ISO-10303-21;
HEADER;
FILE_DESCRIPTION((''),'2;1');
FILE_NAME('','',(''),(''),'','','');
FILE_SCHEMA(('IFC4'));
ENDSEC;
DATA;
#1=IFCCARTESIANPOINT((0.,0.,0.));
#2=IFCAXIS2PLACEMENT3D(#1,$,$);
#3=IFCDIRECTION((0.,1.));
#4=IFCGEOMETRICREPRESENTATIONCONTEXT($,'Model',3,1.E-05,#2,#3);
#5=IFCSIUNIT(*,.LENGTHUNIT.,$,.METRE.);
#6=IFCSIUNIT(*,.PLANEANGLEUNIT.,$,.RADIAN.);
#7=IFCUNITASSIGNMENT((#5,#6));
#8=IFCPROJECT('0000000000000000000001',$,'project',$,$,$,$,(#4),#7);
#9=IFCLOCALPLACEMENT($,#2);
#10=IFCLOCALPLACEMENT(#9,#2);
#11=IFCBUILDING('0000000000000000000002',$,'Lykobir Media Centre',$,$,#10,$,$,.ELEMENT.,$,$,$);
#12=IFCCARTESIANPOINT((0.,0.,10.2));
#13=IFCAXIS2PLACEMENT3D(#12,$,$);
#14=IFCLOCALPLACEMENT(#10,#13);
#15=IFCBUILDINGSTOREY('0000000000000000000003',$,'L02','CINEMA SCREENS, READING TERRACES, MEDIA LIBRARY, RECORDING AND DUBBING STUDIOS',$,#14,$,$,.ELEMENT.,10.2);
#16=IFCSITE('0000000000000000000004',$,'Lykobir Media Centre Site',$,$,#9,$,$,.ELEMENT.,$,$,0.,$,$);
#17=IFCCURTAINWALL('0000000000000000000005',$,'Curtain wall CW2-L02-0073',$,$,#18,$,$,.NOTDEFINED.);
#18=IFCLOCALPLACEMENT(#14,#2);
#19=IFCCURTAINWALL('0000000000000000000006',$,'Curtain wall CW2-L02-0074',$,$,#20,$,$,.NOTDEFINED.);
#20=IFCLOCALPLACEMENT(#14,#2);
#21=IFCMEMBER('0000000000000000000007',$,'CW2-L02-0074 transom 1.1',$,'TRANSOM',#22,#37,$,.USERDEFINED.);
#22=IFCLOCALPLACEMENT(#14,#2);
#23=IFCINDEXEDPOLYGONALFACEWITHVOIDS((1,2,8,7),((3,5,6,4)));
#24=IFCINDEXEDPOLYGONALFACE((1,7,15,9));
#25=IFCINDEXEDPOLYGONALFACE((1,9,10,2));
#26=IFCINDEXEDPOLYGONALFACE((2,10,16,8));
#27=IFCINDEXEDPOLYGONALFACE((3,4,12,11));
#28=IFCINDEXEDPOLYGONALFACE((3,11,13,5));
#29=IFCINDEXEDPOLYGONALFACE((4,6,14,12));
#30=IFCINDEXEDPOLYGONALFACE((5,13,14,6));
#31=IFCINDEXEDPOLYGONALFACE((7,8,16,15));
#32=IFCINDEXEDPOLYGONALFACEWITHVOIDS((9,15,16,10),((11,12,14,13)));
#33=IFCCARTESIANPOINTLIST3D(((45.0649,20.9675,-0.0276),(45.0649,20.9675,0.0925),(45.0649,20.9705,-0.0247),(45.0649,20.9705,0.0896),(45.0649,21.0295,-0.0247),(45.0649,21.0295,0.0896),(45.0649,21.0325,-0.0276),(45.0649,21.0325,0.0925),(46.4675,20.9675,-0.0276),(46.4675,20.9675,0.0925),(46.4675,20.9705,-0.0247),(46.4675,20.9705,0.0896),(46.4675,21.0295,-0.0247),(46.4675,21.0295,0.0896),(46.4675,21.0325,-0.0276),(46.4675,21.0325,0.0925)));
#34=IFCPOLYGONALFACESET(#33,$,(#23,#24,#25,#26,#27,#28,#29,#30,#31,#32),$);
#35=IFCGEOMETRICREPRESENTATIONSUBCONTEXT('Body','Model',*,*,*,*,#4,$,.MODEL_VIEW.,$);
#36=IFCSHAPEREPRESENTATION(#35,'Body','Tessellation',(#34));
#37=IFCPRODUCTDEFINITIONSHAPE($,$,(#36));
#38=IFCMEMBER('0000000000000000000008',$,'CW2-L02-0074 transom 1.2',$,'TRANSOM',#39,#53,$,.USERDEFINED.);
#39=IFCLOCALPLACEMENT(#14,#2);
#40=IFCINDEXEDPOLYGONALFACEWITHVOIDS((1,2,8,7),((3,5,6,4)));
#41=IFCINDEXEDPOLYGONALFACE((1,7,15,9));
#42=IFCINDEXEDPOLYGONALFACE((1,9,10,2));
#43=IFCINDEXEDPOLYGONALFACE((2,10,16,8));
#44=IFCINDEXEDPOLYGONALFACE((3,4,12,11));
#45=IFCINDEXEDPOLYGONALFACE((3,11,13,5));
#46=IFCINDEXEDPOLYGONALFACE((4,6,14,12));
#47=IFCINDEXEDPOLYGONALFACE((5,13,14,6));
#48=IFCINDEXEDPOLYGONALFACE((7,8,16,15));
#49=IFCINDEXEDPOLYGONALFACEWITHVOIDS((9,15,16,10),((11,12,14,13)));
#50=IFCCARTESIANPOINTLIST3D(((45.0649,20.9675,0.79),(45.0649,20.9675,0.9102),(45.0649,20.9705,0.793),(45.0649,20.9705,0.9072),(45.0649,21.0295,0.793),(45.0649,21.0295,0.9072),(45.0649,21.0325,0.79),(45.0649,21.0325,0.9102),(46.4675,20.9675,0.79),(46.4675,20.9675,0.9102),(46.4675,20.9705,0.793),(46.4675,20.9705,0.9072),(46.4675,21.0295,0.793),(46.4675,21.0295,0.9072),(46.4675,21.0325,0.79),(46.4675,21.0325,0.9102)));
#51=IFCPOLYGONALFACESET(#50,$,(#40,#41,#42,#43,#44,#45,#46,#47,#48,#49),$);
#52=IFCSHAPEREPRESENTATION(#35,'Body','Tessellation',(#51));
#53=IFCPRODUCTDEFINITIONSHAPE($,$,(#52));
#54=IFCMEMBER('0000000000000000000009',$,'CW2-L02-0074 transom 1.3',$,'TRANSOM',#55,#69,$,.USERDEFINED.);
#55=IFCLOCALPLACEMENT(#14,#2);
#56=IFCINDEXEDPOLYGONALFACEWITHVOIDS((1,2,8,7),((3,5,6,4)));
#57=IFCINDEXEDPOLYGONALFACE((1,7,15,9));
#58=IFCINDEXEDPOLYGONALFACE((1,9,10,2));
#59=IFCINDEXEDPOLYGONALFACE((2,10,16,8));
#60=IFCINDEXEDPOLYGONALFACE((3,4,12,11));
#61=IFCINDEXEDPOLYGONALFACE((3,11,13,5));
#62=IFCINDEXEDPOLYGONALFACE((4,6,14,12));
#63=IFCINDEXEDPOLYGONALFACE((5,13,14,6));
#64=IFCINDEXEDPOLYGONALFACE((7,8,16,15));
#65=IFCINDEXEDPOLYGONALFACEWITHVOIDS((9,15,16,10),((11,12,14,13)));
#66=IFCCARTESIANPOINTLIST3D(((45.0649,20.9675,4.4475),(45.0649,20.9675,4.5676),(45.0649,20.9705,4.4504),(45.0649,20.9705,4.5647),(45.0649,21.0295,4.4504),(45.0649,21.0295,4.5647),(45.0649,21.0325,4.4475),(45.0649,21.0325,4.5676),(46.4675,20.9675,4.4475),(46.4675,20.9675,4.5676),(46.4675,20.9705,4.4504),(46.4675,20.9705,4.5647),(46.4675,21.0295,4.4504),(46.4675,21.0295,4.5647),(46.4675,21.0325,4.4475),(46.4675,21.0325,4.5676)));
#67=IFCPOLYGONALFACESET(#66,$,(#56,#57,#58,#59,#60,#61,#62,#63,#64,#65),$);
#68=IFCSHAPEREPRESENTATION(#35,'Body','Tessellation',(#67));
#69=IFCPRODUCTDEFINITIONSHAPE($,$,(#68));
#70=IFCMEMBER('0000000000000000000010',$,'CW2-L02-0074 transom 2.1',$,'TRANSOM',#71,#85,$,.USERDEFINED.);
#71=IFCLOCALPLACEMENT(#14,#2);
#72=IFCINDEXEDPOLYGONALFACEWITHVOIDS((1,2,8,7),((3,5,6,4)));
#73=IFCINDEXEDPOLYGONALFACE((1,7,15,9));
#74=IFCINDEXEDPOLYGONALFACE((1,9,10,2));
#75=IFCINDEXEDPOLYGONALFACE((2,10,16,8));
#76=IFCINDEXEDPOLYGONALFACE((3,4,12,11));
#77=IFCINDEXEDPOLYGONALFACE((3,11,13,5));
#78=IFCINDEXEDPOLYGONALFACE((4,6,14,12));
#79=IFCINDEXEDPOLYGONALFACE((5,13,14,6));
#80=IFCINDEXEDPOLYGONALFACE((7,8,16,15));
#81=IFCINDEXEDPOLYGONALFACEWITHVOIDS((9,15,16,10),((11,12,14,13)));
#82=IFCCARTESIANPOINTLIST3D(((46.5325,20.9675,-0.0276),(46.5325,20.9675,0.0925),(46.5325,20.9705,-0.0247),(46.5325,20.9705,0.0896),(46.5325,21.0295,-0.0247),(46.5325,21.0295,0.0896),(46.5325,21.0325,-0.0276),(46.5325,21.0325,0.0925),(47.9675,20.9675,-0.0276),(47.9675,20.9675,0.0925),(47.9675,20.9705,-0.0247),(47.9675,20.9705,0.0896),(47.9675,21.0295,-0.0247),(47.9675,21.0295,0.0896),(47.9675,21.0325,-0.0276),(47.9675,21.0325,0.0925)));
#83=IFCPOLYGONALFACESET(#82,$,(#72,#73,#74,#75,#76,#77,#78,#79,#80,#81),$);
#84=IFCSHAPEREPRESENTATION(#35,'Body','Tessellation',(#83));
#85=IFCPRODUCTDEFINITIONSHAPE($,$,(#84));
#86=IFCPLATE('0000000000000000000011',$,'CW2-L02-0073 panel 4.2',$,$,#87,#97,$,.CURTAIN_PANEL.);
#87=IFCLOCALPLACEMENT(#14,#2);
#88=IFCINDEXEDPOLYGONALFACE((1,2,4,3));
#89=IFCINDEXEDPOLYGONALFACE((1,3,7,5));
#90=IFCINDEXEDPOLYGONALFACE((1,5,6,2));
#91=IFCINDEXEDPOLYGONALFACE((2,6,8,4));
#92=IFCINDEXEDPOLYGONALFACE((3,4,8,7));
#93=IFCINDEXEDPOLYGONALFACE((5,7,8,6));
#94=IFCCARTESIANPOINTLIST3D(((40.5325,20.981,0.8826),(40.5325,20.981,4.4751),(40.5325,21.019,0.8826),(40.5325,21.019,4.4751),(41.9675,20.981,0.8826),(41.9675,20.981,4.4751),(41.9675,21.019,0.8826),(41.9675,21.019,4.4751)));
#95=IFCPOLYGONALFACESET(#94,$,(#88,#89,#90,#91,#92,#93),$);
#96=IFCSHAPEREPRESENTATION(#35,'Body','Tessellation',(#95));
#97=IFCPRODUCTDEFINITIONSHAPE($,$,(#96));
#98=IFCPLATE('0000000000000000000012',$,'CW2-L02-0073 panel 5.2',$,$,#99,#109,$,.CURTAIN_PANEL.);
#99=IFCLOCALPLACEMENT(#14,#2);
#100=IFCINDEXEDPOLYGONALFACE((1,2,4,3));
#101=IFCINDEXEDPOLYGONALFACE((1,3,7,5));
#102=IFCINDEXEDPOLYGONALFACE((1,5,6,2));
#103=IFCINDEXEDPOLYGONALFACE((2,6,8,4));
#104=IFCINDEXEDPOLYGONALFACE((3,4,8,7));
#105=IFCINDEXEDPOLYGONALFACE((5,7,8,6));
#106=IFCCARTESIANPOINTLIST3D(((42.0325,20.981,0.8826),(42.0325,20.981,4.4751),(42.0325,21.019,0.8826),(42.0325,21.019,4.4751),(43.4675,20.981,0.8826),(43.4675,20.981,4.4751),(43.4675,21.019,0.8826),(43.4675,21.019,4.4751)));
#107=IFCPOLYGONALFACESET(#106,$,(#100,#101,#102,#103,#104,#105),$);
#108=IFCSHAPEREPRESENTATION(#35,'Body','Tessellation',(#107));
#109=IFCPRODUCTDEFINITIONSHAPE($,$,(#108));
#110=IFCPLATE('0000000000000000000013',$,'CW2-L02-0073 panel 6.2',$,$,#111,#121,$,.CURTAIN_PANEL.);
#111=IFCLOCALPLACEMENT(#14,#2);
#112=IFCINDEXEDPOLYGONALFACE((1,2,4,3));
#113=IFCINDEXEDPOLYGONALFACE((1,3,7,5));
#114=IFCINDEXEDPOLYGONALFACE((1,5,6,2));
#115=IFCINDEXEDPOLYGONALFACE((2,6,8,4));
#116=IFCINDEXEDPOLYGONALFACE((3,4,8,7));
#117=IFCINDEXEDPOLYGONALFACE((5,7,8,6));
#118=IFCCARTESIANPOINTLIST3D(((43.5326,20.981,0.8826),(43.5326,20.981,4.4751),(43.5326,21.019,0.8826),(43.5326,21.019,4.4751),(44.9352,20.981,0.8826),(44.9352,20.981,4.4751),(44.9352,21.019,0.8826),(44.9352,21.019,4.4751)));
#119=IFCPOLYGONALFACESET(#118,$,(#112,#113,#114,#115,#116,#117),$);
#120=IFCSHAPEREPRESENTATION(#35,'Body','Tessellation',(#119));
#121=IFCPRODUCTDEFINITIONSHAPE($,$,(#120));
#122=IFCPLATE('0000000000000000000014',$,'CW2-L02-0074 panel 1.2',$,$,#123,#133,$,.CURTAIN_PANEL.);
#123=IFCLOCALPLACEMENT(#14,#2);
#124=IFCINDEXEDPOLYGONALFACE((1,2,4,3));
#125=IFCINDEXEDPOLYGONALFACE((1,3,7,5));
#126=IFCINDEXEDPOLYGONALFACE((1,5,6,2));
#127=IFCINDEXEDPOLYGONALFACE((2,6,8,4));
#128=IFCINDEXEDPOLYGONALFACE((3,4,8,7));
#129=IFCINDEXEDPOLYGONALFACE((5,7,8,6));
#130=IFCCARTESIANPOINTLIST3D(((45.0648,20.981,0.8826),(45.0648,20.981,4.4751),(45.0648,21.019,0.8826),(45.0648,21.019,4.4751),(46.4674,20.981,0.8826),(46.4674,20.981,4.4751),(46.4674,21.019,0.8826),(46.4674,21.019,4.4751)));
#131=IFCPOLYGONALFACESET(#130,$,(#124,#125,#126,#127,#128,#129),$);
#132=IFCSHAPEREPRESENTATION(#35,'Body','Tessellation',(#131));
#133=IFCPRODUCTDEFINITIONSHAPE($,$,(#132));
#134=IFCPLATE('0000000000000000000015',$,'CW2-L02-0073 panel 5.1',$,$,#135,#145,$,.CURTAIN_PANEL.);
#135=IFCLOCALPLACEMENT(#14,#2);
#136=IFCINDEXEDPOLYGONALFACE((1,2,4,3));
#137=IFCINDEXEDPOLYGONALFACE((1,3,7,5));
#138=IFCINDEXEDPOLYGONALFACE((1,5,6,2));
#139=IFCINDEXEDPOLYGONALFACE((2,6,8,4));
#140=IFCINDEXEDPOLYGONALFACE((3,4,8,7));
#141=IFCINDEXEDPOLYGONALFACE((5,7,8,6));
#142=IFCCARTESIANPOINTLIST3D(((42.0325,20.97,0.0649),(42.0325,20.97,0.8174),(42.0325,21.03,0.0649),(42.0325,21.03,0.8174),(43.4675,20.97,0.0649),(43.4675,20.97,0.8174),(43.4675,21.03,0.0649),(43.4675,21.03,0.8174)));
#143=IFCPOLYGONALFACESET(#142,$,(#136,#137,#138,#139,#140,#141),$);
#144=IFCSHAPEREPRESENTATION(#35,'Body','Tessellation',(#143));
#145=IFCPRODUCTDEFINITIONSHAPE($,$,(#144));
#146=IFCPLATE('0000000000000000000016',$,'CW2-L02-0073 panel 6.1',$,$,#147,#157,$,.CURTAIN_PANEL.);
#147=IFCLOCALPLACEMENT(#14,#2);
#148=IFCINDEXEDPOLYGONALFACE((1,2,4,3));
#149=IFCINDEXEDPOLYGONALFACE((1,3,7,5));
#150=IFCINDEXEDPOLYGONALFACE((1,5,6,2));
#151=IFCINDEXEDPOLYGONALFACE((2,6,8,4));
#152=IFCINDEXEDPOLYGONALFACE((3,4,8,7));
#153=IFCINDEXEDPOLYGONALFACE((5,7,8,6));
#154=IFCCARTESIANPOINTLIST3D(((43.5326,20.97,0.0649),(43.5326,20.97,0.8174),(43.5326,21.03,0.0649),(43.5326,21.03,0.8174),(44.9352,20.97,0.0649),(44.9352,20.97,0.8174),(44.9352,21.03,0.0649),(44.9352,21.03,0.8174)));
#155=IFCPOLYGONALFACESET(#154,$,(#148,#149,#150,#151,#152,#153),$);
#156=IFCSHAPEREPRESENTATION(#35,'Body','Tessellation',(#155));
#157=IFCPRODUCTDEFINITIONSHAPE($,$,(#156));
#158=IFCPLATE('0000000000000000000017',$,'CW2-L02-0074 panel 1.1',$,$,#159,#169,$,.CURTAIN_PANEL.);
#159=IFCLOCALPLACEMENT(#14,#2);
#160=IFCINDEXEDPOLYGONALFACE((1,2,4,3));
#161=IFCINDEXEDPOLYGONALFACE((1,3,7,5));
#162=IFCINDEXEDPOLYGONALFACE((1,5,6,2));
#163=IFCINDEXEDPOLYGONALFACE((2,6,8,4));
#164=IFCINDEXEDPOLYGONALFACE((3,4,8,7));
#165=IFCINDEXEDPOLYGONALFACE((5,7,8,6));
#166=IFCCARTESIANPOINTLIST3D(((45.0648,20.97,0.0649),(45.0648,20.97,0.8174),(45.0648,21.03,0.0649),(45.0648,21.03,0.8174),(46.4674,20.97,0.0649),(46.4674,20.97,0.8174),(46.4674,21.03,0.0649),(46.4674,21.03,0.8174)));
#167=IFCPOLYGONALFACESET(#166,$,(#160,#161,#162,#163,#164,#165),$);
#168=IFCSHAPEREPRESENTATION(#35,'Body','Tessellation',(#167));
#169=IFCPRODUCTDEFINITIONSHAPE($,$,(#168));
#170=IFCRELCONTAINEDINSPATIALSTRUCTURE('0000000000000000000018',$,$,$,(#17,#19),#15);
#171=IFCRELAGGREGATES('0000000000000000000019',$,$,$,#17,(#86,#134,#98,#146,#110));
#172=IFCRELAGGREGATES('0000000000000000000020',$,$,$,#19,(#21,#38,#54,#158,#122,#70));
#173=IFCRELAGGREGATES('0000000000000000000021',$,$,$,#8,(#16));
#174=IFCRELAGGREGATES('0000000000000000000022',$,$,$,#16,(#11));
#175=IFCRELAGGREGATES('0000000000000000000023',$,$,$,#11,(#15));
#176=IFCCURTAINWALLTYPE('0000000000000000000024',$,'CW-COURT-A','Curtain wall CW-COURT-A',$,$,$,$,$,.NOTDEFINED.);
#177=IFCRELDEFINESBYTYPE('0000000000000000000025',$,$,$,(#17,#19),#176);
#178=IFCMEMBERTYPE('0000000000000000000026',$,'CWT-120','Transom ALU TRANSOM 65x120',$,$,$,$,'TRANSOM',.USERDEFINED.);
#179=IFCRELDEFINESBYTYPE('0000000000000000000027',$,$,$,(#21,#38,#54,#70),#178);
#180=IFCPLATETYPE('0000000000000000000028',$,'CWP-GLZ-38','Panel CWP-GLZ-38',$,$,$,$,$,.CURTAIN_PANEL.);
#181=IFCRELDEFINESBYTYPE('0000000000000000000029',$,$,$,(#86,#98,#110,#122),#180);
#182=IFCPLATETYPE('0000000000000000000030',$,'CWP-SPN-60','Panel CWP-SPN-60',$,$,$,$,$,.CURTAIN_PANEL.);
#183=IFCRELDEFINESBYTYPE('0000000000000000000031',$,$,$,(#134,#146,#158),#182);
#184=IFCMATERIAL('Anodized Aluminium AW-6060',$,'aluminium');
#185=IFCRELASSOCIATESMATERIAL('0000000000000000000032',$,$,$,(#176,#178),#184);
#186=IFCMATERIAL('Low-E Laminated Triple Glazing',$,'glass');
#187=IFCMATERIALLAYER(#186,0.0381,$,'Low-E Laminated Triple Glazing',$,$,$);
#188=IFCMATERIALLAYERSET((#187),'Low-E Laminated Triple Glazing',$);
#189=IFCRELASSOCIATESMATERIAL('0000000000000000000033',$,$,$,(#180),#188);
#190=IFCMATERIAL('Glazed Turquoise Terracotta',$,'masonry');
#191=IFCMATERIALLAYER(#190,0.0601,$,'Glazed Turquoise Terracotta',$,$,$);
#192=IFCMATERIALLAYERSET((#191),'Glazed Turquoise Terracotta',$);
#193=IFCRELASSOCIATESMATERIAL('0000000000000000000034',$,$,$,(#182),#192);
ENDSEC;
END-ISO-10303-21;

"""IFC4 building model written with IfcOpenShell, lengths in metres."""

from ifc_helpers import new_model, si_unit, direction, frame, origin, origin_2d, place, context, subcontext, project, spatial, rectangle, hollow_rectangle, extrude, material, layer, layer_set, material_profile, profile_set, type_object, element, aggregate, save


model = new_model("IFC4")

# Units and contexts
model_context = context("Model", 3, precision=1e-05, world=origin(), true_north=direction((0.0, 1.0)))
body_context = subcontext(model_context, "Body", "Model", "MODEL_VIEW")
ifc_project = project(units=[si_unit("LENGTHUNIT", "METRE"), si_unit("PLANEANGLEUNIT", "RADIAN")], contexts=[model_context])

# Site, building, storey
site_placement = place(None, origin())
site = spatial("IfcSite", under=ifc_project, at=site_placement, Name="Lykobir Media Centre Site", CompositionType="ELEMENT", RefElevation=0.0)
building_placement = place(site_placement, origin())
building = spatial("IfcBuilding", under=site, at=building_placement, Name="Lykobir Media Centre", CompositionType="ELEMENT")
storey_placement = place(building_placement, frame((0.0, 0.0, 10.2)))
storey = spatial("IfcBuildingStorey", under=building, at=storey_placement, Name="L02", Description="CINEMA SCREENS, READING TERRACES, MEDIA LIBRARY, RECORDING AND DUBBING STUDIOS", CompositionType="ELEMENT", Elevation=10.2)

# Curtain walls
ifc_material_1 = material(Name="Anodized Aluminium AW-6060", Category="aluminium")
curtain_wall_type = type_object("IfcCurtainWallType", Name="CW-COURT-A", Description="Curtain wall CW-COURT-A", PredefinedType="NOTDEFINED", material=ifc_material_1)
curtain_wall_1_placement = place(storey_placement, origin())
curtain_wall_1 = element("IfcCurtainWall", 1, at=curtain_wall_1_placement, inside=storey, type_object=curtain_wall_type, Name="Curtain wall CW2-L02-0073", PredefinedType="NOTDEFINED")
curtain_wall_2_placement = place(storey_placement, origin())
curtain_wall_2 = element("IfcCurtainWall", 2, at=curtain_wall_2_placement, inside=storey, type_object=curtain_wall_type, Name="Curtain wall CW2-L02-0074", PredefinedType="NOTDEFINED")

# Members
ifc_material_profile_1 = material_profile(ifc_material_1, hollow_rectangle(XDim=0.0649, YDim=0.1201, WallThickness=0.0029, at=origin_2d()), Name="ALU TRANSOM 65x120")
ifc_profile_set_1 = profile_set([ifc_material_profile_1], Name="Anodized Aluminium AW-6060")
member_type_1 = type_object("IfcMemberType", Name="CWT-120", Description="Transom ALU TRANSOM 65x120", ElementType="TRANSOM", PredefinedType="USERDEFINED", material=ifc_profile_set_1)
member_1_placement = place(storey_placement, frame((45.0649, 21.0, 0.0325), z_axis=(1.0, 0.0, 0.0), x_axis=(0.0, 1.0, 0.0)))
member_1 = element("IfcMember", 3, at=member_1_placement, type_object=member_type_1, Name="CW2-L02-0074 transom 1.1", ObjectType="TRANSOM", PredefinedType="USERDEFINED", context=body_context, shape_type="SweptSolid", body=[
    extrude(hollow_rectangle(XDim=0.0649, YDim=0.1201, WallThickness=0.0029, at=origin_2d()), origin(), (0.0, 0.0, 1.0), 1.4026),
])
member_2_placement = place(storey_placement, frame((45.0649, 21.0, 0.8501), z_axis=(1.0, 0.0, 0.0), x_axis=(0.0, 1.0, 0.0)))
member_2 = element("IfcMember", 4, at=member_2_placement, type_object=member_type_1, Name="CW2-L02-0074 transom 1.2", ObjectType="TRANSOM", PredefinedType="USERDEFINED", context=body_context, shape_type="SweptSolid", body=[
    extrude(hollow_rectangle(XDim=0.0649, YDim=0.1201, WallThickness=0.0029, at=origin_2d()), origin(), (0.0, 0.0, 1.0), 1.4026),
])
member_3_placement = place(storey_placement, frame((45.0649, 21.0, 4.5076), z_axis=(1.0, 0.0, 0.0), x_axis=(0.0, 1.0, 0.0)))
member_3 = element("IfcMember", 5, at=member_3_placement, type_object=member_type_1, Name="CW2-L02-0074 transom 1.3", ObjectType="TRANSOM", PredefinedType="USERDEFINED", context=body_context, shape_type="SweptSolid", body=[
    extrude(hollow_rectangle(XDim=0.0649, YDim=0.1201, WallThickness=0.0029, at=origin_2d()), origin(), (0.0, 0.0, 1.0), 1.4026),
])
member_4_placement = place(storey_placement, frame((46.5325, 21.0, 0.0325), z_axis=(1.0, 0.0, 0.0), x_axis=(0.0, 1.0, 0.0)))
member_4 = element("IfcMember", 6, at=member_4_placement, type_object=member_type_1, Name="CW2-L02-0074 transom 2.1", ObjectType="TRANSOM", PredefinedType="USERDEFINED", context=body_context, shape_type="SweptSolid", body=[
    extrude(hollow_rectangle(XDim=0.0649, YDim=0.1201, WallThickness=0.0029, at=origin_2d()), origin(), (0.0, 0.0, 1.0), 1.4351),
])

# Plates
ifc_material_2 = material(Name="Low-E Laminated Triple Glazing", Category="glass")
ifc_layer_1 = layer(ifc_material_2, 0.0381, Name="Low-E Laminated Triple Glazing")
ifc_layer_set_1 = layer_set([ifc_layer_1], Name="Low-E Laminated Triple Glazing")
plate_type_1 = type_object("IfcPlateType", Name="CWP-GLZ-38", Description="Panel CWP-GLZ-38", PredefinedType="CURTAIN_PANEL", material=ifc_layer_set_1)
plate_1_placement = place(storey_placement, frame((41.25, 21.0, 0.8826), z_axis=(0.0, 0.0, 1.0), x_axis=(1.0, 0.0, 0.0)))
plate_1 = element("IfcPlate", 7, at=plate_1_placement, type_object=plate_type_1, Name="CW2-L02-0073 panel 4.2", PredefinedType="CURTAIN_PANEL", context=body_context, shape_type="SweptSolid", body=[
    extrude(rectangle(XDim=1.4351, YDim=0.0381, at=origin_2d()), origin(), (0.0, 0.0, 1.0), 3.5925),
])
plate_2_placement = place(storey_placement, frame((42.75, 21.0, 0.8826), z_axis=(0.0, 0.0, 1.0), x_axis=(1.0, 0.0, 0.0)))
plate_2 = element("IfcPlate", 8, at=plate_2_placement, type_object=plate_type_1, Name="CW2-L02-0073 panel 5.2", PredefinedType="CURTAIN_PANEL", context=body_context, shape_type="SweptSolid", body=[
    extrude(rectangle(XDim=1.4351, YDim=0.0381, at=origin_2d()), origin(), (0.0, 0.0, 1.0), 3.5925),
])
plate_3_placement = place(storey_placement, frame((44.2339, 21.0, 0.8826), z_axis=(0.0, 0.0, 1.0), x_axis=(1.0, 0.0, 0.0)))
plate_3 = element("IfcPlate", 9, at=plate_3_placement, type_object=plate_type_1, Name="CW2-L02-0073 panel 6.2", PredefinedType="CURTAIN_PANEL", context=body_context, shape_type="SweptSolid", body=[
    extrude(rectangle(XDim=1.4026, YDim=0.0381, at=origin_2d()), origin(), (0.0, 0.0, 1.0), 3.5925),
])
plate_4_placement = place(storey_placement, frame((45.7661, 21.0, 0.8826), z_axis=(0.0, 0.0, 1.0), x_axis=(1.0, 0.0, 0.0)))
plate_4 = element("IfcPlate", 10, at=plate_4_placement, type_object=plate_type_1, Name="CW2-L02-0074 panel 1.2", PredefinedType="CURTAIN_PANEL", context=body_context, shape_type="SweptSolid", body=[
    extrude(rectangle(XDim=1.4026, YDim=0.0381, at=origin_2d()), origin(), (0.0, 0.0, 1.0), 3.5925),
])
ifc_material_3 = material(Name="Glazed Turquoise Terracotta", Category="masonry")
ifc_layer_2 = layer(ifc_material_3, 0.0601, Name="Glazed Turquoise Terracotta")
ifc_layer_set_2 = layer_set([ifc_layer_2], Name="Glazed Turquoise Terracotta")
plate_type_2 = type_object("IfcPlateType", Name="CWP-SPN-60", Description="Panel CWP-SPN-60", PredefinedType="CURTAIN_PANEL", material=ifc_layer_set_2)
plate_5_placement = place(storey_placement, frame((42.75, 21.0, 0.0649), z_axis=(0.0, 0.0, 1.0), x_axis=(1.0, 0.0, 0.0)))
plate_5 = element("IfcPlate", 11, at=plate_5_placement, type_object=plate_type_2, Name="CW2-L02-0073 panel 5.1", PredefinedType="CURTAIN_PANEL", context=body_context, shape_type="SweptSolid", body=[
    extrude(rectangle(XDim=1.4351, YDim=0.0601, at=origin_2d()), origin(), (0.0, 0.0, 1.0), 0.7524),
])
plate_6_placement = place(storey_placement, frame((44.2339, 21.0, 0.0649), z_axis=(0.0, 0.0, 1.0), x_axis=(1.0, 0.0, 0.0)))
plate_6 = element("IfcPlate", 12, at=plate_6_placement, type_object=plate_type_2, Name="CW2-L02-0073 panel 6.1", PredefinedType="CURTAIN_PANEL", context=body_context, shape_type="SweptSolid", body=[
    extrude(rectangle(XDim=1.4026, YDim=0.0601, at=origin_2d()), origin(), (0.0, 0.0, 1.0), 0.7524),
])
aggregate(curtain_wall_1, [plate_1, plate_5, plate_2, plate_6, plate_3])
plate_7_placement = place(storey_placement, frame((45.7661, 21.0, 0.0649), z_axis=(0.0, 0.0, 1.0), x_axis=(1.0, 0.0, 0.0)))
plate_7 = element("IfcPlate", 13, at=plate_7_placement, type_object=plate_type_2, Name="CW2-L02-0074 panel 1.1", PredefinedType="CURTAIN_PANEL", context=body_context, shape_type="SweptSolid", body=[
    extrude(rectangle(XDim=1.4026, YDim=0.0601, at=origin_2d()), origin(), (0.0, 0.0, 1.0), 0.7524),
])
aggregate(curtain_wall_2, [member_1, member_2, member_3, plate_7, plate_4, member_4])

save(model, "model.ifc")
